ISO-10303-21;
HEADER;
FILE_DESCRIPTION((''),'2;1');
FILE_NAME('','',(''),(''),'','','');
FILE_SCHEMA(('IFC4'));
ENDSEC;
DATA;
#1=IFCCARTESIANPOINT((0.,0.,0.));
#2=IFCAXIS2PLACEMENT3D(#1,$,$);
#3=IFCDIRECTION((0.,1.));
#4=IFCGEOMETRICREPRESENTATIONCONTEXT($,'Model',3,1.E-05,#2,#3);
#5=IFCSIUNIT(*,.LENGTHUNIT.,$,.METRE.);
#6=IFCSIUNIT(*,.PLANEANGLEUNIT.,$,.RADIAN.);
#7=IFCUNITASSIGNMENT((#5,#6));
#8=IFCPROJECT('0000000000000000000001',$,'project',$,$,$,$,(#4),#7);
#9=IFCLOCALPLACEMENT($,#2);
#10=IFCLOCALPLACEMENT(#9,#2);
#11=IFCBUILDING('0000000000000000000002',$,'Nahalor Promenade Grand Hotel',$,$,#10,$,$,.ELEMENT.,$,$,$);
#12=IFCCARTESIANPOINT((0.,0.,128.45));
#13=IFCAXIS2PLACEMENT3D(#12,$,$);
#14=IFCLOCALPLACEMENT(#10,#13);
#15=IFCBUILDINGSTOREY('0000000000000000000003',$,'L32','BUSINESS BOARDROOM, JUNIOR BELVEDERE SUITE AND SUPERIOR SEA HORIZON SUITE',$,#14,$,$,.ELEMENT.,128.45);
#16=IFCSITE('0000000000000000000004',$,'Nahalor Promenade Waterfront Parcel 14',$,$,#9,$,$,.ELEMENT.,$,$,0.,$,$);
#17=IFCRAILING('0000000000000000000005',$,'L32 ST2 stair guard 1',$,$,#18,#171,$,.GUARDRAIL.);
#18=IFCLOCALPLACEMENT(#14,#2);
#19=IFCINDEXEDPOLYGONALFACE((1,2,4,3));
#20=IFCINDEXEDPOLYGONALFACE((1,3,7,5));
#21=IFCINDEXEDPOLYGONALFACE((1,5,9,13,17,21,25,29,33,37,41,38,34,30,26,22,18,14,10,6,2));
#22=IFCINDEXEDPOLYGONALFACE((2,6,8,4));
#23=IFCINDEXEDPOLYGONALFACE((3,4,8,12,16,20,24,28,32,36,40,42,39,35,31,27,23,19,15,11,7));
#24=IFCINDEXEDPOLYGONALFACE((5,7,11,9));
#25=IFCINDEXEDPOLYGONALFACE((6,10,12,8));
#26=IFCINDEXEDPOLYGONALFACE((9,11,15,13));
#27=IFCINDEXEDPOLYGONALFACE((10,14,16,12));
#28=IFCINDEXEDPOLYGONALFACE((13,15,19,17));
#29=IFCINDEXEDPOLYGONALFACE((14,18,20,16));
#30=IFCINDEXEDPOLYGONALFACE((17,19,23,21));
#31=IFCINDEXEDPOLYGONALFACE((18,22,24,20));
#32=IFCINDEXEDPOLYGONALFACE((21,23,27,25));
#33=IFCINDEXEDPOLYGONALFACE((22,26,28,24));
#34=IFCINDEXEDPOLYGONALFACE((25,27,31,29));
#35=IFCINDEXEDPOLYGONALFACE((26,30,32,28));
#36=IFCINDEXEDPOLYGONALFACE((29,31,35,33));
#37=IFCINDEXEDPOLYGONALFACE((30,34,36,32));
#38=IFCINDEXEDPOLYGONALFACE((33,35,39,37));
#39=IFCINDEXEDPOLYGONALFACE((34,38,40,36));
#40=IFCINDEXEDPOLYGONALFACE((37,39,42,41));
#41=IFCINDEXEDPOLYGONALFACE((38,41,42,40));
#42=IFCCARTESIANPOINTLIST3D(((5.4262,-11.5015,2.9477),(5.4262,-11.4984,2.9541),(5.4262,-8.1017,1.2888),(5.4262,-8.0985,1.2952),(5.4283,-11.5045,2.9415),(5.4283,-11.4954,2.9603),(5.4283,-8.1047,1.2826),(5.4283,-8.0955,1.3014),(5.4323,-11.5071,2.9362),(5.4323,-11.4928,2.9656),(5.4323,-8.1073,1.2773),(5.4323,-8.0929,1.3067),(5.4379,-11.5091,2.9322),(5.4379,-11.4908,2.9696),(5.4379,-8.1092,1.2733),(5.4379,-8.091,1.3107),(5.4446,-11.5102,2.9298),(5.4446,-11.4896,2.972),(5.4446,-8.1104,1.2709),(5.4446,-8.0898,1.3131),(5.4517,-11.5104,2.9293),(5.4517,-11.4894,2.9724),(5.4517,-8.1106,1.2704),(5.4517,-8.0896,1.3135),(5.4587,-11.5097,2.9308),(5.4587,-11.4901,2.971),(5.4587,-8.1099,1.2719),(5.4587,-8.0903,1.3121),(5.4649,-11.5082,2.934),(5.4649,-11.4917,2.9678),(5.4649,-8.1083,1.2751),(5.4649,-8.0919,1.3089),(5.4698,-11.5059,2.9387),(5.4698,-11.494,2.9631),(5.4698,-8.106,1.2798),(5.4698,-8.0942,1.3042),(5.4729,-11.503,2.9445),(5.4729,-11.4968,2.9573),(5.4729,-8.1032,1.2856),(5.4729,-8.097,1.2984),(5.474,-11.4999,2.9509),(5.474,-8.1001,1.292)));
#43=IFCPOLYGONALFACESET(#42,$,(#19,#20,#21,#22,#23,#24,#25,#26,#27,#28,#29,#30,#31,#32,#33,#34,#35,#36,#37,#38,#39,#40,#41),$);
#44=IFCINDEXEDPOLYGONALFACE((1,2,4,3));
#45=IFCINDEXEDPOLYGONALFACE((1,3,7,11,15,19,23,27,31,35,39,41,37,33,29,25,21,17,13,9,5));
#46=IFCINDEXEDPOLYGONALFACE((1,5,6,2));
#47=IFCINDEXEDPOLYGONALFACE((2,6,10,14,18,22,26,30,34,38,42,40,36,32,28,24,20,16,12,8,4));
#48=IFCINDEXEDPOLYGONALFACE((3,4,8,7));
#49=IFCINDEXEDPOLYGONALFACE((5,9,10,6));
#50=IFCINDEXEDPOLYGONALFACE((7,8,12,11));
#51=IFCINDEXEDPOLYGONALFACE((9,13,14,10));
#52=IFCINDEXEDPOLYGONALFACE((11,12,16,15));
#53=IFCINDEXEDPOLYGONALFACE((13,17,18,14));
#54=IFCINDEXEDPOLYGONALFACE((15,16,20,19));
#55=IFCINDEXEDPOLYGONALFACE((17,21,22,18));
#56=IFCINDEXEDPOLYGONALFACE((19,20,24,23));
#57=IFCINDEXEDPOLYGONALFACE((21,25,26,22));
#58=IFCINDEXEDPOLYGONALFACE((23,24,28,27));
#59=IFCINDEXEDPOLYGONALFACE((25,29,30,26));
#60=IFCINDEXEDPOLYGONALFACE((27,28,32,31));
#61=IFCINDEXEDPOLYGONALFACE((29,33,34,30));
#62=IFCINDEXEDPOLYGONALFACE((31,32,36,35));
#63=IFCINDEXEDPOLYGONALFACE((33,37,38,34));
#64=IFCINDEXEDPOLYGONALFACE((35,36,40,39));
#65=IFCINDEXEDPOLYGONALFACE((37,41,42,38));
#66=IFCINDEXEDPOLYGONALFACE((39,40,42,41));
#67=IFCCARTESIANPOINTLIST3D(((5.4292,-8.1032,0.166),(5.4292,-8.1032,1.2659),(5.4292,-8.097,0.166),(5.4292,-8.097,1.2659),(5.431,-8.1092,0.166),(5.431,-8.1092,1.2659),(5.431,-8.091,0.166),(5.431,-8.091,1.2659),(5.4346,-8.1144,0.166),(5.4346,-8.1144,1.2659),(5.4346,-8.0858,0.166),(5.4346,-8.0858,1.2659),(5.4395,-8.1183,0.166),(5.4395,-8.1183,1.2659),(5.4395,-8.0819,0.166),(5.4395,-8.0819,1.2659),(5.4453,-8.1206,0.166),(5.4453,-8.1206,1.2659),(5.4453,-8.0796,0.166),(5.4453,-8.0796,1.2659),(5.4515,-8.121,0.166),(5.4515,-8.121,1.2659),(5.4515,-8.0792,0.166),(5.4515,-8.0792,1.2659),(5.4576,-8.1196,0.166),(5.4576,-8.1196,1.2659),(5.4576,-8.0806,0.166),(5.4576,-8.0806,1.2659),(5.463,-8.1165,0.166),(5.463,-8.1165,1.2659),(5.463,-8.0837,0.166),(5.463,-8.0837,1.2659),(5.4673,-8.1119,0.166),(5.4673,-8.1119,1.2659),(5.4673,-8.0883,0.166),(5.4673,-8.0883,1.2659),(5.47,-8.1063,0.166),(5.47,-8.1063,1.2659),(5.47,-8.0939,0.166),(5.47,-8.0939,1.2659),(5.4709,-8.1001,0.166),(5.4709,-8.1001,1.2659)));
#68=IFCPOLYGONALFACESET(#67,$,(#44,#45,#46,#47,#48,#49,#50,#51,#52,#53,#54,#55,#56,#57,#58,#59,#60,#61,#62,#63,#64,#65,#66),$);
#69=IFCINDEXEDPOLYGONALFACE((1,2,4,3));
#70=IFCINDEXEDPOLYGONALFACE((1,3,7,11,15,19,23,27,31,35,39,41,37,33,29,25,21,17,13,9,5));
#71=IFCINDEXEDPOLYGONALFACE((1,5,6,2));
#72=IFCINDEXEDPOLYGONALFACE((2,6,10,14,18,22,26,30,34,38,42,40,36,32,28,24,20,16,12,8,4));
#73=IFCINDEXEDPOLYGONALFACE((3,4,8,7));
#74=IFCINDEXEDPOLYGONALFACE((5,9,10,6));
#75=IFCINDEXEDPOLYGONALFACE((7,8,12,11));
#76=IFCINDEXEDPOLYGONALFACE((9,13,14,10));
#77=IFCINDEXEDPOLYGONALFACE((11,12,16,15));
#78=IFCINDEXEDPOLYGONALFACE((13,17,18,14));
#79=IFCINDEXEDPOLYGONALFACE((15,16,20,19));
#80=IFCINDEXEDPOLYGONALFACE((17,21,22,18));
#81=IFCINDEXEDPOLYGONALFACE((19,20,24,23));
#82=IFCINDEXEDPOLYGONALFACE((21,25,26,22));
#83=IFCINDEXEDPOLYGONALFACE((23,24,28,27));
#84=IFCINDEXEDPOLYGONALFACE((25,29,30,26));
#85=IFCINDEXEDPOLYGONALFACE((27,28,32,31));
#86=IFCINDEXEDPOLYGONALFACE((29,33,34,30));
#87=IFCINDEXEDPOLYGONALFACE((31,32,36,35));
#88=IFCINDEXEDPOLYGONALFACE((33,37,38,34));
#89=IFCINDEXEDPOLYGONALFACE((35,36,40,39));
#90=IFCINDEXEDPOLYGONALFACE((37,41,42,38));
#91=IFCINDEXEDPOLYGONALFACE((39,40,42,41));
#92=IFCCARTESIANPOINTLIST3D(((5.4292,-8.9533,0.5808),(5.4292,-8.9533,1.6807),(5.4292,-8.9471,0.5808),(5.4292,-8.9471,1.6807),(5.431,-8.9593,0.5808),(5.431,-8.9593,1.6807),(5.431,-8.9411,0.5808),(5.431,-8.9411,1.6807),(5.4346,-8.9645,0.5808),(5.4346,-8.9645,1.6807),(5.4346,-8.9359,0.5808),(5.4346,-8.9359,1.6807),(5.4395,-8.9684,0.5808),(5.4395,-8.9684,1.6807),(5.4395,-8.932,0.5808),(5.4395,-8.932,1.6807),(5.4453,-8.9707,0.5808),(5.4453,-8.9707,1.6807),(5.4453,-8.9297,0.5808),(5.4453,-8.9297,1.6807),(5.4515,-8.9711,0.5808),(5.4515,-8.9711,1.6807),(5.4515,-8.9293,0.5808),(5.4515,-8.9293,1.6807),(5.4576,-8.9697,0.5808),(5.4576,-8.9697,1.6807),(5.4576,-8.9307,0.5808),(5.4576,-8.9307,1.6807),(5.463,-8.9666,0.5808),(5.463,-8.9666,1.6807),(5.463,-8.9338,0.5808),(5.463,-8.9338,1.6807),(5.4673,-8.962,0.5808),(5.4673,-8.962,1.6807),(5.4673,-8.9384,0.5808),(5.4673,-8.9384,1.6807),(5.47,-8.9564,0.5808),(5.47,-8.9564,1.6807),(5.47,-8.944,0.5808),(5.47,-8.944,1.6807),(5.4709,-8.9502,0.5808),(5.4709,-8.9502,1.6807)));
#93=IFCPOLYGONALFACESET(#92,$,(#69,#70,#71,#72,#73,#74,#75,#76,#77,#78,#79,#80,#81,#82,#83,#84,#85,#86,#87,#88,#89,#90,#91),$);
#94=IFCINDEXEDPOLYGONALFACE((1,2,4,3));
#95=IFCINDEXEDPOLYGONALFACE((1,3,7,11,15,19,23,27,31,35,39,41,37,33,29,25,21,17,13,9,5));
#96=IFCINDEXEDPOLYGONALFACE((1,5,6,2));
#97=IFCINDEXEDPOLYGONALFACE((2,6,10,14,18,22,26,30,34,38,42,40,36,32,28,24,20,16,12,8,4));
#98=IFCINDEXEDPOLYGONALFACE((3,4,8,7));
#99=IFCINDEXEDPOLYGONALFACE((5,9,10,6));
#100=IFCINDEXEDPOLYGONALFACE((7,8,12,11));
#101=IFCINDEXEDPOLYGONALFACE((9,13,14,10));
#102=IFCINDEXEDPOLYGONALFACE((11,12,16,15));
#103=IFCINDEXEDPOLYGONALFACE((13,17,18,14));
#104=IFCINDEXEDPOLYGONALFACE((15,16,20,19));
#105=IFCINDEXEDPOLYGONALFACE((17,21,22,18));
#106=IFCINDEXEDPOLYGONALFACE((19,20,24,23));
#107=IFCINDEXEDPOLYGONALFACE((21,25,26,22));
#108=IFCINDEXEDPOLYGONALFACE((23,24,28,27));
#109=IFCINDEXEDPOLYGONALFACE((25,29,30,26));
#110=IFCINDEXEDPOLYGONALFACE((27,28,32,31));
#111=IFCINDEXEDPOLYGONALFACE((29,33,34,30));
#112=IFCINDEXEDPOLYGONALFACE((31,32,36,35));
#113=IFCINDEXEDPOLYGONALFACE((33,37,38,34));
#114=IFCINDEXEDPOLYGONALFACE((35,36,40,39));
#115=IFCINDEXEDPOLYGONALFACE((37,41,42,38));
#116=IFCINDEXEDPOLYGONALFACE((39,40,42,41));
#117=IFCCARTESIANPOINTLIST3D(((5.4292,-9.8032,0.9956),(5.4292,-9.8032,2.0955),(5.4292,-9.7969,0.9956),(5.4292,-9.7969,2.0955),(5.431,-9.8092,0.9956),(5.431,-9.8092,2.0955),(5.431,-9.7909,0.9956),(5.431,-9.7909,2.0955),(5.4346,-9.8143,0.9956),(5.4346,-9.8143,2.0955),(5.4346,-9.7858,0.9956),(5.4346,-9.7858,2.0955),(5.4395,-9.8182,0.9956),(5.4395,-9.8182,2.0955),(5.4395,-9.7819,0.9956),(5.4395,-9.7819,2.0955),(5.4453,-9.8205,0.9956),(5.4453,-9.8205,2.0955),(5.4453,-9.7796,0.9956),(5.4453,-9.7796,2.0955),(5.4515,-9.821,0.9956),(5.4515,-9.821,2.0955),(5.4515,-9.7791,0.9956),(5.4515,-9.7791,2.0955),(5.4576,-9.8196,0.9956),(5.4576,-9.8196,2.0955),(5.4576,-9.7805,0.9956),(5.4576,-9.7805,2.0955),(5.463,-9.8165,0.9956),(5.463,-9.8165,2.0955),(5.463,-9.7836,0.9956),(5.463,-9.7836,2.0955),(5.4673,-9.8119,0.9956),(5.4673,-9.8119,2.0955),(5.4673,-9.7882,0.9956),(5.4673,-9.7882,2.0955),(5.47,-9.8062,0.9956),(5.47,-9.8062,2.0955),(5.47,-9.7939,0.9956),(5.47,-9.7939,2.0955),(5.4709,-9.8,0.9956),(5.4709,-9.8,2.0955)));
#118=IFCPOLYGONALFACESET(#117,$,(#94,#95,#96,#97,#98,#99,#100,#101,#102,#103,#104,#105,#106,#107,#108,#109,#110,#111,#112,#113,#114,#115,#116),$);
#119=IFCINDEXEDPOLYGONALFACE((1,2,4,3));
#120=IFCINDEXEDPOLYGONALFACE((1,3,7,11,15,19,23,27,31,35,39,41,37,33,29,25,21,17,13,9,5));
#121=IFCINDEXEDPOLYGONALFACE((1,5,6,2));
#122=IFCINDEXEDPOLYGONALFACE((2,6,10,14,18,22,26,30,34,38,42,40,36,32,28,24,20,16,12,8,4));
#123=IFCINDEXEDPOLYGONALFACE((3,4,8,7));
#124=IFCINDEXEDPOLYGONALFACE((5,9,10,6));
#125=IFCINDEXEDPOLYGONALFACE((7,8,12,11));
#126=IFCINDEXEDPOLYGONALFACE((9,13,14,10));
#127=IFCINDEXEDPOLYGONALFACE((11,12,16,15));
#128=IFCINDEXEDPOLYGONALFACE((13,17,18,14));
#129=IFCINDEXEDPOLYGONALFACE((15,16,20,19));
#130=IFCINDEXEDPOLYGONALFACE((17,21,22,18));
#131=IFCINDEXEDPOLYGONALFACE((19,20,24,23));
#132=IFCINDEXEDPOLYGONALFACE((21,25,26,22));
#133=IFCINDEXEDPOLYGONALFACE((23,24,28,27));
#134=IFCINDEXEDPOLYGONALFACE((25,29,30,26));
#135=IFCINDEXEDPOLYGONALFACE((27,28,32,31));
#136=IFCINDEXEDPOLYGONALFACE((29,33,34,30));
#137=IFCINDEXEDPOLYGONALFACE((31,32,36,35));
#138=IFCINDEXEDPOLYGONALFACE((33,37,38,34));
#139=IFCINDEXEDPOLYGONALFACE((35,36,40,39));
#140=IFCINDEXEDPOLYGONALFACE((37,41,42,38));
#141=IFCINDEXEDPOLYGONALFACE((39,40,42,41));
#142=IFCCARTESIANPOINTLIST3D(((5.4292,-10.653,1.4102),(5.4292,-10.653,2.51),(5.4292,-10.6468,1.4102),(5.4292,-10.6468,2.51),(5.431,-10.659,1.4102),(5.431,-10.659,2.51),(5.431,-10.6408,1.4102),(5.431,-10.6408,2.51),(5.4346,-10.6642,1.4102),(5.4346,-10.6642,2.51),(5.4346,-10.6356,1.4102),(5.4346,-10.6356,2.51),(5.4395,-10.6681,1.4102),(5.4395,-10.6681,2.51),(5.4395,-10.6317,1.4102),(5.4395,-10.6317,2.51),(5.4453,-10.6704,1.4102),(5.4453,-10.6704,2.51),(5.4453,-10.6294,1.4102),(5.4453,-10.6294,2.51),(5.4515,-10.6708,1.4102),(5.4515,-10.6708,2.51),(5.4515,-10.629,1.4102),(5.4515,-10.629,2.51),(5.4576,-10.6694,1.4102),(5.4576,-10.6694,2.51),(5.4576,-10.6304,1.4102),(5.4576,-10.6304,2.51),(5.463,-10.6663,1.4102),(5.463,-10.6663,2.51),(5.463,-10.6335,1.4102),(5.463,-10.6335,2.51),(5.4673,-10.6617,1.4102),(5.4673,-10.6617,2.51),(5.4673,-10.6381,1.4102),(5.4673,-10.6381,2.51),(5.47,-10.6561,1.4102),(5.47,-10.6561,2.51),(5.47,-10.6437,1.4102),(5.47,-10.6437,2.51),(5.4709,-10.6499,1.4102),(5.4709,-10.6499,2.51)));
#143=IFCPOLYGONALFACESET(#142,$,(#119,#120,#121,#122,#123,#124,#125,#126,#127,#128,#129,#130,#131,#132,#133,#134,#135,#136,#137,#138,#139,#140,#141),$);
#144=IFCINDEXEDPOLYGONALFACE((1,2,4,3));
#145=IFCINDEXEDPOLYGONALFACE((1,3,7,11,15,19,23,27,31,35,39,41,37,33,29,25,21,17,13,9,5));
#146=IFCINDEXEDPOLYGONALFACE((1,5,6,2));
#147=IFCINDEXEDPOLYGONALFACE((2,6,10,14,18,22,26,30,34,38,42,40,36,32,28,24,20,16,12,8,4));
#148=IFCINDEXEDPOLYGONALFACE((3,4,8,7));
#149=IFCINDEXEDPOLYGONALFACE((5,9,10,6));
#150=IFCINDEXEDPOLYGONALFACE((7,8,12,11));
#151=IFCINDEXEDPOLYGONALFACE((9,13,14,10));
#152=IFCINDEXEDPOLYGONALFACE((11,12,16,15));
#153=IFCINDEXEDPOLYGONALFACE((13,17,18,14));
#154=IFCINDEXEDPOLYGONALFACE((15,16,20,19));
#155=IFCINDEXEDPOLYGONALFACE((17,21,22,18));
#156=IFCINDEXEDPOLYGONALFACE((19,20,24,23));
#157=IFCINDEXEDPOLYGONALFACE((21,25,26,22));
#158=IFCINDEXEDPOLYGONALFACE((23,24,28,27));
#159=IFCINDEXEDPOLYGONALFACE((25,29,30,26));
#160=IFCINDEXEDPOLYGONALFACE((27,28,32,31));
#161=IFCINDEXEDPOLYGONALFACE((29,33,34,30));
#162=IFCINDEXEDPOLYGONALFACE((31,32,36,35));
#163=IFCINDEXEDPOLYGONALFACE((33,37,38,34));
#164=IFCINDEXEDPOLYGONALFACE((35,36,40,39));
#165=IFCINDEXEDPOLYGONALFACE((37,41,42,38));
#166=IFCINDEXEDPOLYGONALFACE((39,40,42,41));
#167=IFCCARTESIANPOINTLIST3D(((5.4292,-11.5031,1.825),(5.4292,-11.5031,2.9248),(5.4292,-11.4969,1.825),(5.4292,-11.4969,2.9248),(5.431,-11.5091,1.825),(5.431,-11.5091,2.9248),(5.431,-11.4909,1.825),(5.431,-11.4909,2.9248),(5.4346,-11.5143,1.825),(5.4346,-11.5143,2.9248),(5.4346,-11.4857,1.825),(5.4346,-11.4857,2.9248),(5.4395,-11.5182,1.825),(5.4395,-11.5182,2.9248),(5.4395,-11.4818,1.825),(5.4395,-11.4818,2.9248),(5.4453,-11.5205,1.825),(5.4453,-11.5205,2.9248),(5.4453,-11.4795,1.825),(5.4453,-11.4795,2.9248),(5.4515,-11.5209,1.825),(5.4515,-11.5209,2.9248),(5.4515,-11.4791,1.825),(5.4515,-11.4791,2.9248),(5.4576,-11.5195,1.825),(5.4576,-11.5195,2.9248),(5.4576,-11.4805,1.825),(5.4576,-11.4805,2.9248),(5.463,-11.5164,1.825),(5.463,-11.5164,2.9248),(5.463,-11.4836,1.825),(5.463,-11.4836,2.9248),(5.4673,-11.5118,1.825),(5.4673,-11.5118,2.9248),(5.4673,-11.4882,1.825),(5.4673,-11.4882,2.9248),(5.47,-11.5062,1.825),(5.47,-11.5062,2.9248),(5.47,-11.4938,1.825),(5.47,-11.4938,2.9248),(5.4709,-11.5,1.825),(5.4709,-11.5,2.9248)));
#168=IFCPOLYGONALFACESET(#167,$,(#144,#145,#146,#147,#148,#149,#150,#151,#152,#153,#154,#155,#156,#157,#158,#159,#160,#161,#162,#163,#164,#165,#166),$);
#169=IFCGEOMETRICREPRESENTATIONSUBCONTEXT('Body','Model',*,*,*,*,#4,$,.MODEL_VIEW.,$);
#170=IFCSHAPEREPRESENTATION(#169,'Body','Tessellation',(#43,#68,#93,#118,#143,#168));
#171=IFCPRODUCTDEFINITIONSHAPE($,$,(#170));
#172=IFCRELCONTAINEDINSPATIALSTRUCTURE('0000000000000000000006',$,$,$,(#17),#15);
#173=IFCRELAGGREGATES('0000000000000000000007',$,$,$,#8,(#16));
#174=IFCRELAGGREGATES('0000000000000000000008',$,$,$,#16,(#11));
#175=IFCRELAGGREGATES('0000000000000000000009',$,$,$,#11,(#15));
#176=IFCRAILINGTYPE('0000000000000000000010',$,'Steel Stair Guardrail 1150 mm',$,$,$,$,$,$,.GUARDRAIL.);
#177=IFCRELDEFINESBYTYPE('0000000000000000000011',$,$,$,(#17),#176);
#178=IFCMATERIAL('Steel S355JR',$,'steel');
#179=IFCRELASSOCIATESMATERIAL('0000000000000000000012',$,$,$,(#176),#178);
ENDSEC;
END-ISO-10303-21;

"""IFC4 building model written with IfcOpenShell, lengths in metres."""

from ifc_helpers import new_model, si_unit, direction, frame, origin, origin_2d, place, context, subcontext, project, spatial, circle, extrude, material, type_object, element, save


model = new_model("IFC4")

# Units and contexts
model_context = context("Model", 3, precision=1e-05, world=origin(), true_north=direction((0.0, 1.0)))
body_context = subcontext(model_context, "Body", "Model", "MODEL_VIEW")
ifc_project = project(units=[si_unit("LENGTHUNIT", "METRE"), si_unit("PLANEANGLEUNIT", "RADIAN")], contexts=[model_context])

# Site, building, storey
site_placement = place(None, origin())
site = spatial("IfcSite", under=ifc_project, at=site_placement, Name="Nahalor Promenade Waterfront Parcel 14", CompositionType="ELEMENT", RefElevation=0.0)
building_placement = place(site_placement, origin())
building = spatial("IfcBuilding", under=site, at=building_placement, Name="Nahalor Promenade Grand Hotel", CompositionType="ELEMENT")
storey_placement = place(building_placement, frame((0.0, 0.0, 128.45)))
storey = spatial("IfcBuildingStorey", under=building, at=storey_placement, Name="L32", Description="BUSINESS BOARDROOM, JUNIOR BELVEDERE SUITE AND SUPERIOR SEA HORIZON SUITE", CompositionType="ELEMENT", Elevation=128.45)

# Shared definitions
ifc_material_1 = material(Name="Steel S355JR", Category="steel")

# Railing
railing_type_1 = type_object("IfcRailingType", Name="Steel Stair Guardrail 1150 mm", PredefinedType="GUARDRAIL", material=ifc_material_1)
railing_1_placement = place(storey_placement, frame((5.45, -8.1001, 0.166)))
element("IfcRailing", 1, at=railing_1_placement, inside=storey, type_object=railing_type_1, Name="L32 ST2 stair guard 1", PredefinedType="GUARDRAIL", context=body_context, shape_type="SweptSolid", body=[
    extrude(circle(Radius=0.024, at=origin_2d()), frame((0.0, 0.0, 1.126), z_axis=(0.0, -0.898722, 0.438519), x_axis=(1.0, 0.0, 0.0)), (0.0, 0.0, 1.0), 3.783),
    extrude(circle(Radius=0.021, at=origin_2d()), origin(), (0.0, 0.0, 1.0), 1.0999),
    extrude(circle(Radius=0.021, at=origin_2d()), frame((0.0, -0.8501, 0.4148)), (0.0, 0.0, 1.0), 1.0999),
    extrude(circle(Radius=0.021, at=origin_2d()), frame((0.0, -1.7, 0.8296)), (0.0, 0.0, 1.0), 1.0999),
    extrude(circle(Radius=0.021, at=origin_2d()), frame((0.0, -2.5498, 1.2441)), (0.0, 0.0, 1.0), 1.0999),
    extrude(circle(Radius=0.021, at=origin_2d()), frame((0.0, -3.3999, 1.6589)), (0.0, 0.0, 1.0), 1.0999),
])

save(model, "model.ifc")
